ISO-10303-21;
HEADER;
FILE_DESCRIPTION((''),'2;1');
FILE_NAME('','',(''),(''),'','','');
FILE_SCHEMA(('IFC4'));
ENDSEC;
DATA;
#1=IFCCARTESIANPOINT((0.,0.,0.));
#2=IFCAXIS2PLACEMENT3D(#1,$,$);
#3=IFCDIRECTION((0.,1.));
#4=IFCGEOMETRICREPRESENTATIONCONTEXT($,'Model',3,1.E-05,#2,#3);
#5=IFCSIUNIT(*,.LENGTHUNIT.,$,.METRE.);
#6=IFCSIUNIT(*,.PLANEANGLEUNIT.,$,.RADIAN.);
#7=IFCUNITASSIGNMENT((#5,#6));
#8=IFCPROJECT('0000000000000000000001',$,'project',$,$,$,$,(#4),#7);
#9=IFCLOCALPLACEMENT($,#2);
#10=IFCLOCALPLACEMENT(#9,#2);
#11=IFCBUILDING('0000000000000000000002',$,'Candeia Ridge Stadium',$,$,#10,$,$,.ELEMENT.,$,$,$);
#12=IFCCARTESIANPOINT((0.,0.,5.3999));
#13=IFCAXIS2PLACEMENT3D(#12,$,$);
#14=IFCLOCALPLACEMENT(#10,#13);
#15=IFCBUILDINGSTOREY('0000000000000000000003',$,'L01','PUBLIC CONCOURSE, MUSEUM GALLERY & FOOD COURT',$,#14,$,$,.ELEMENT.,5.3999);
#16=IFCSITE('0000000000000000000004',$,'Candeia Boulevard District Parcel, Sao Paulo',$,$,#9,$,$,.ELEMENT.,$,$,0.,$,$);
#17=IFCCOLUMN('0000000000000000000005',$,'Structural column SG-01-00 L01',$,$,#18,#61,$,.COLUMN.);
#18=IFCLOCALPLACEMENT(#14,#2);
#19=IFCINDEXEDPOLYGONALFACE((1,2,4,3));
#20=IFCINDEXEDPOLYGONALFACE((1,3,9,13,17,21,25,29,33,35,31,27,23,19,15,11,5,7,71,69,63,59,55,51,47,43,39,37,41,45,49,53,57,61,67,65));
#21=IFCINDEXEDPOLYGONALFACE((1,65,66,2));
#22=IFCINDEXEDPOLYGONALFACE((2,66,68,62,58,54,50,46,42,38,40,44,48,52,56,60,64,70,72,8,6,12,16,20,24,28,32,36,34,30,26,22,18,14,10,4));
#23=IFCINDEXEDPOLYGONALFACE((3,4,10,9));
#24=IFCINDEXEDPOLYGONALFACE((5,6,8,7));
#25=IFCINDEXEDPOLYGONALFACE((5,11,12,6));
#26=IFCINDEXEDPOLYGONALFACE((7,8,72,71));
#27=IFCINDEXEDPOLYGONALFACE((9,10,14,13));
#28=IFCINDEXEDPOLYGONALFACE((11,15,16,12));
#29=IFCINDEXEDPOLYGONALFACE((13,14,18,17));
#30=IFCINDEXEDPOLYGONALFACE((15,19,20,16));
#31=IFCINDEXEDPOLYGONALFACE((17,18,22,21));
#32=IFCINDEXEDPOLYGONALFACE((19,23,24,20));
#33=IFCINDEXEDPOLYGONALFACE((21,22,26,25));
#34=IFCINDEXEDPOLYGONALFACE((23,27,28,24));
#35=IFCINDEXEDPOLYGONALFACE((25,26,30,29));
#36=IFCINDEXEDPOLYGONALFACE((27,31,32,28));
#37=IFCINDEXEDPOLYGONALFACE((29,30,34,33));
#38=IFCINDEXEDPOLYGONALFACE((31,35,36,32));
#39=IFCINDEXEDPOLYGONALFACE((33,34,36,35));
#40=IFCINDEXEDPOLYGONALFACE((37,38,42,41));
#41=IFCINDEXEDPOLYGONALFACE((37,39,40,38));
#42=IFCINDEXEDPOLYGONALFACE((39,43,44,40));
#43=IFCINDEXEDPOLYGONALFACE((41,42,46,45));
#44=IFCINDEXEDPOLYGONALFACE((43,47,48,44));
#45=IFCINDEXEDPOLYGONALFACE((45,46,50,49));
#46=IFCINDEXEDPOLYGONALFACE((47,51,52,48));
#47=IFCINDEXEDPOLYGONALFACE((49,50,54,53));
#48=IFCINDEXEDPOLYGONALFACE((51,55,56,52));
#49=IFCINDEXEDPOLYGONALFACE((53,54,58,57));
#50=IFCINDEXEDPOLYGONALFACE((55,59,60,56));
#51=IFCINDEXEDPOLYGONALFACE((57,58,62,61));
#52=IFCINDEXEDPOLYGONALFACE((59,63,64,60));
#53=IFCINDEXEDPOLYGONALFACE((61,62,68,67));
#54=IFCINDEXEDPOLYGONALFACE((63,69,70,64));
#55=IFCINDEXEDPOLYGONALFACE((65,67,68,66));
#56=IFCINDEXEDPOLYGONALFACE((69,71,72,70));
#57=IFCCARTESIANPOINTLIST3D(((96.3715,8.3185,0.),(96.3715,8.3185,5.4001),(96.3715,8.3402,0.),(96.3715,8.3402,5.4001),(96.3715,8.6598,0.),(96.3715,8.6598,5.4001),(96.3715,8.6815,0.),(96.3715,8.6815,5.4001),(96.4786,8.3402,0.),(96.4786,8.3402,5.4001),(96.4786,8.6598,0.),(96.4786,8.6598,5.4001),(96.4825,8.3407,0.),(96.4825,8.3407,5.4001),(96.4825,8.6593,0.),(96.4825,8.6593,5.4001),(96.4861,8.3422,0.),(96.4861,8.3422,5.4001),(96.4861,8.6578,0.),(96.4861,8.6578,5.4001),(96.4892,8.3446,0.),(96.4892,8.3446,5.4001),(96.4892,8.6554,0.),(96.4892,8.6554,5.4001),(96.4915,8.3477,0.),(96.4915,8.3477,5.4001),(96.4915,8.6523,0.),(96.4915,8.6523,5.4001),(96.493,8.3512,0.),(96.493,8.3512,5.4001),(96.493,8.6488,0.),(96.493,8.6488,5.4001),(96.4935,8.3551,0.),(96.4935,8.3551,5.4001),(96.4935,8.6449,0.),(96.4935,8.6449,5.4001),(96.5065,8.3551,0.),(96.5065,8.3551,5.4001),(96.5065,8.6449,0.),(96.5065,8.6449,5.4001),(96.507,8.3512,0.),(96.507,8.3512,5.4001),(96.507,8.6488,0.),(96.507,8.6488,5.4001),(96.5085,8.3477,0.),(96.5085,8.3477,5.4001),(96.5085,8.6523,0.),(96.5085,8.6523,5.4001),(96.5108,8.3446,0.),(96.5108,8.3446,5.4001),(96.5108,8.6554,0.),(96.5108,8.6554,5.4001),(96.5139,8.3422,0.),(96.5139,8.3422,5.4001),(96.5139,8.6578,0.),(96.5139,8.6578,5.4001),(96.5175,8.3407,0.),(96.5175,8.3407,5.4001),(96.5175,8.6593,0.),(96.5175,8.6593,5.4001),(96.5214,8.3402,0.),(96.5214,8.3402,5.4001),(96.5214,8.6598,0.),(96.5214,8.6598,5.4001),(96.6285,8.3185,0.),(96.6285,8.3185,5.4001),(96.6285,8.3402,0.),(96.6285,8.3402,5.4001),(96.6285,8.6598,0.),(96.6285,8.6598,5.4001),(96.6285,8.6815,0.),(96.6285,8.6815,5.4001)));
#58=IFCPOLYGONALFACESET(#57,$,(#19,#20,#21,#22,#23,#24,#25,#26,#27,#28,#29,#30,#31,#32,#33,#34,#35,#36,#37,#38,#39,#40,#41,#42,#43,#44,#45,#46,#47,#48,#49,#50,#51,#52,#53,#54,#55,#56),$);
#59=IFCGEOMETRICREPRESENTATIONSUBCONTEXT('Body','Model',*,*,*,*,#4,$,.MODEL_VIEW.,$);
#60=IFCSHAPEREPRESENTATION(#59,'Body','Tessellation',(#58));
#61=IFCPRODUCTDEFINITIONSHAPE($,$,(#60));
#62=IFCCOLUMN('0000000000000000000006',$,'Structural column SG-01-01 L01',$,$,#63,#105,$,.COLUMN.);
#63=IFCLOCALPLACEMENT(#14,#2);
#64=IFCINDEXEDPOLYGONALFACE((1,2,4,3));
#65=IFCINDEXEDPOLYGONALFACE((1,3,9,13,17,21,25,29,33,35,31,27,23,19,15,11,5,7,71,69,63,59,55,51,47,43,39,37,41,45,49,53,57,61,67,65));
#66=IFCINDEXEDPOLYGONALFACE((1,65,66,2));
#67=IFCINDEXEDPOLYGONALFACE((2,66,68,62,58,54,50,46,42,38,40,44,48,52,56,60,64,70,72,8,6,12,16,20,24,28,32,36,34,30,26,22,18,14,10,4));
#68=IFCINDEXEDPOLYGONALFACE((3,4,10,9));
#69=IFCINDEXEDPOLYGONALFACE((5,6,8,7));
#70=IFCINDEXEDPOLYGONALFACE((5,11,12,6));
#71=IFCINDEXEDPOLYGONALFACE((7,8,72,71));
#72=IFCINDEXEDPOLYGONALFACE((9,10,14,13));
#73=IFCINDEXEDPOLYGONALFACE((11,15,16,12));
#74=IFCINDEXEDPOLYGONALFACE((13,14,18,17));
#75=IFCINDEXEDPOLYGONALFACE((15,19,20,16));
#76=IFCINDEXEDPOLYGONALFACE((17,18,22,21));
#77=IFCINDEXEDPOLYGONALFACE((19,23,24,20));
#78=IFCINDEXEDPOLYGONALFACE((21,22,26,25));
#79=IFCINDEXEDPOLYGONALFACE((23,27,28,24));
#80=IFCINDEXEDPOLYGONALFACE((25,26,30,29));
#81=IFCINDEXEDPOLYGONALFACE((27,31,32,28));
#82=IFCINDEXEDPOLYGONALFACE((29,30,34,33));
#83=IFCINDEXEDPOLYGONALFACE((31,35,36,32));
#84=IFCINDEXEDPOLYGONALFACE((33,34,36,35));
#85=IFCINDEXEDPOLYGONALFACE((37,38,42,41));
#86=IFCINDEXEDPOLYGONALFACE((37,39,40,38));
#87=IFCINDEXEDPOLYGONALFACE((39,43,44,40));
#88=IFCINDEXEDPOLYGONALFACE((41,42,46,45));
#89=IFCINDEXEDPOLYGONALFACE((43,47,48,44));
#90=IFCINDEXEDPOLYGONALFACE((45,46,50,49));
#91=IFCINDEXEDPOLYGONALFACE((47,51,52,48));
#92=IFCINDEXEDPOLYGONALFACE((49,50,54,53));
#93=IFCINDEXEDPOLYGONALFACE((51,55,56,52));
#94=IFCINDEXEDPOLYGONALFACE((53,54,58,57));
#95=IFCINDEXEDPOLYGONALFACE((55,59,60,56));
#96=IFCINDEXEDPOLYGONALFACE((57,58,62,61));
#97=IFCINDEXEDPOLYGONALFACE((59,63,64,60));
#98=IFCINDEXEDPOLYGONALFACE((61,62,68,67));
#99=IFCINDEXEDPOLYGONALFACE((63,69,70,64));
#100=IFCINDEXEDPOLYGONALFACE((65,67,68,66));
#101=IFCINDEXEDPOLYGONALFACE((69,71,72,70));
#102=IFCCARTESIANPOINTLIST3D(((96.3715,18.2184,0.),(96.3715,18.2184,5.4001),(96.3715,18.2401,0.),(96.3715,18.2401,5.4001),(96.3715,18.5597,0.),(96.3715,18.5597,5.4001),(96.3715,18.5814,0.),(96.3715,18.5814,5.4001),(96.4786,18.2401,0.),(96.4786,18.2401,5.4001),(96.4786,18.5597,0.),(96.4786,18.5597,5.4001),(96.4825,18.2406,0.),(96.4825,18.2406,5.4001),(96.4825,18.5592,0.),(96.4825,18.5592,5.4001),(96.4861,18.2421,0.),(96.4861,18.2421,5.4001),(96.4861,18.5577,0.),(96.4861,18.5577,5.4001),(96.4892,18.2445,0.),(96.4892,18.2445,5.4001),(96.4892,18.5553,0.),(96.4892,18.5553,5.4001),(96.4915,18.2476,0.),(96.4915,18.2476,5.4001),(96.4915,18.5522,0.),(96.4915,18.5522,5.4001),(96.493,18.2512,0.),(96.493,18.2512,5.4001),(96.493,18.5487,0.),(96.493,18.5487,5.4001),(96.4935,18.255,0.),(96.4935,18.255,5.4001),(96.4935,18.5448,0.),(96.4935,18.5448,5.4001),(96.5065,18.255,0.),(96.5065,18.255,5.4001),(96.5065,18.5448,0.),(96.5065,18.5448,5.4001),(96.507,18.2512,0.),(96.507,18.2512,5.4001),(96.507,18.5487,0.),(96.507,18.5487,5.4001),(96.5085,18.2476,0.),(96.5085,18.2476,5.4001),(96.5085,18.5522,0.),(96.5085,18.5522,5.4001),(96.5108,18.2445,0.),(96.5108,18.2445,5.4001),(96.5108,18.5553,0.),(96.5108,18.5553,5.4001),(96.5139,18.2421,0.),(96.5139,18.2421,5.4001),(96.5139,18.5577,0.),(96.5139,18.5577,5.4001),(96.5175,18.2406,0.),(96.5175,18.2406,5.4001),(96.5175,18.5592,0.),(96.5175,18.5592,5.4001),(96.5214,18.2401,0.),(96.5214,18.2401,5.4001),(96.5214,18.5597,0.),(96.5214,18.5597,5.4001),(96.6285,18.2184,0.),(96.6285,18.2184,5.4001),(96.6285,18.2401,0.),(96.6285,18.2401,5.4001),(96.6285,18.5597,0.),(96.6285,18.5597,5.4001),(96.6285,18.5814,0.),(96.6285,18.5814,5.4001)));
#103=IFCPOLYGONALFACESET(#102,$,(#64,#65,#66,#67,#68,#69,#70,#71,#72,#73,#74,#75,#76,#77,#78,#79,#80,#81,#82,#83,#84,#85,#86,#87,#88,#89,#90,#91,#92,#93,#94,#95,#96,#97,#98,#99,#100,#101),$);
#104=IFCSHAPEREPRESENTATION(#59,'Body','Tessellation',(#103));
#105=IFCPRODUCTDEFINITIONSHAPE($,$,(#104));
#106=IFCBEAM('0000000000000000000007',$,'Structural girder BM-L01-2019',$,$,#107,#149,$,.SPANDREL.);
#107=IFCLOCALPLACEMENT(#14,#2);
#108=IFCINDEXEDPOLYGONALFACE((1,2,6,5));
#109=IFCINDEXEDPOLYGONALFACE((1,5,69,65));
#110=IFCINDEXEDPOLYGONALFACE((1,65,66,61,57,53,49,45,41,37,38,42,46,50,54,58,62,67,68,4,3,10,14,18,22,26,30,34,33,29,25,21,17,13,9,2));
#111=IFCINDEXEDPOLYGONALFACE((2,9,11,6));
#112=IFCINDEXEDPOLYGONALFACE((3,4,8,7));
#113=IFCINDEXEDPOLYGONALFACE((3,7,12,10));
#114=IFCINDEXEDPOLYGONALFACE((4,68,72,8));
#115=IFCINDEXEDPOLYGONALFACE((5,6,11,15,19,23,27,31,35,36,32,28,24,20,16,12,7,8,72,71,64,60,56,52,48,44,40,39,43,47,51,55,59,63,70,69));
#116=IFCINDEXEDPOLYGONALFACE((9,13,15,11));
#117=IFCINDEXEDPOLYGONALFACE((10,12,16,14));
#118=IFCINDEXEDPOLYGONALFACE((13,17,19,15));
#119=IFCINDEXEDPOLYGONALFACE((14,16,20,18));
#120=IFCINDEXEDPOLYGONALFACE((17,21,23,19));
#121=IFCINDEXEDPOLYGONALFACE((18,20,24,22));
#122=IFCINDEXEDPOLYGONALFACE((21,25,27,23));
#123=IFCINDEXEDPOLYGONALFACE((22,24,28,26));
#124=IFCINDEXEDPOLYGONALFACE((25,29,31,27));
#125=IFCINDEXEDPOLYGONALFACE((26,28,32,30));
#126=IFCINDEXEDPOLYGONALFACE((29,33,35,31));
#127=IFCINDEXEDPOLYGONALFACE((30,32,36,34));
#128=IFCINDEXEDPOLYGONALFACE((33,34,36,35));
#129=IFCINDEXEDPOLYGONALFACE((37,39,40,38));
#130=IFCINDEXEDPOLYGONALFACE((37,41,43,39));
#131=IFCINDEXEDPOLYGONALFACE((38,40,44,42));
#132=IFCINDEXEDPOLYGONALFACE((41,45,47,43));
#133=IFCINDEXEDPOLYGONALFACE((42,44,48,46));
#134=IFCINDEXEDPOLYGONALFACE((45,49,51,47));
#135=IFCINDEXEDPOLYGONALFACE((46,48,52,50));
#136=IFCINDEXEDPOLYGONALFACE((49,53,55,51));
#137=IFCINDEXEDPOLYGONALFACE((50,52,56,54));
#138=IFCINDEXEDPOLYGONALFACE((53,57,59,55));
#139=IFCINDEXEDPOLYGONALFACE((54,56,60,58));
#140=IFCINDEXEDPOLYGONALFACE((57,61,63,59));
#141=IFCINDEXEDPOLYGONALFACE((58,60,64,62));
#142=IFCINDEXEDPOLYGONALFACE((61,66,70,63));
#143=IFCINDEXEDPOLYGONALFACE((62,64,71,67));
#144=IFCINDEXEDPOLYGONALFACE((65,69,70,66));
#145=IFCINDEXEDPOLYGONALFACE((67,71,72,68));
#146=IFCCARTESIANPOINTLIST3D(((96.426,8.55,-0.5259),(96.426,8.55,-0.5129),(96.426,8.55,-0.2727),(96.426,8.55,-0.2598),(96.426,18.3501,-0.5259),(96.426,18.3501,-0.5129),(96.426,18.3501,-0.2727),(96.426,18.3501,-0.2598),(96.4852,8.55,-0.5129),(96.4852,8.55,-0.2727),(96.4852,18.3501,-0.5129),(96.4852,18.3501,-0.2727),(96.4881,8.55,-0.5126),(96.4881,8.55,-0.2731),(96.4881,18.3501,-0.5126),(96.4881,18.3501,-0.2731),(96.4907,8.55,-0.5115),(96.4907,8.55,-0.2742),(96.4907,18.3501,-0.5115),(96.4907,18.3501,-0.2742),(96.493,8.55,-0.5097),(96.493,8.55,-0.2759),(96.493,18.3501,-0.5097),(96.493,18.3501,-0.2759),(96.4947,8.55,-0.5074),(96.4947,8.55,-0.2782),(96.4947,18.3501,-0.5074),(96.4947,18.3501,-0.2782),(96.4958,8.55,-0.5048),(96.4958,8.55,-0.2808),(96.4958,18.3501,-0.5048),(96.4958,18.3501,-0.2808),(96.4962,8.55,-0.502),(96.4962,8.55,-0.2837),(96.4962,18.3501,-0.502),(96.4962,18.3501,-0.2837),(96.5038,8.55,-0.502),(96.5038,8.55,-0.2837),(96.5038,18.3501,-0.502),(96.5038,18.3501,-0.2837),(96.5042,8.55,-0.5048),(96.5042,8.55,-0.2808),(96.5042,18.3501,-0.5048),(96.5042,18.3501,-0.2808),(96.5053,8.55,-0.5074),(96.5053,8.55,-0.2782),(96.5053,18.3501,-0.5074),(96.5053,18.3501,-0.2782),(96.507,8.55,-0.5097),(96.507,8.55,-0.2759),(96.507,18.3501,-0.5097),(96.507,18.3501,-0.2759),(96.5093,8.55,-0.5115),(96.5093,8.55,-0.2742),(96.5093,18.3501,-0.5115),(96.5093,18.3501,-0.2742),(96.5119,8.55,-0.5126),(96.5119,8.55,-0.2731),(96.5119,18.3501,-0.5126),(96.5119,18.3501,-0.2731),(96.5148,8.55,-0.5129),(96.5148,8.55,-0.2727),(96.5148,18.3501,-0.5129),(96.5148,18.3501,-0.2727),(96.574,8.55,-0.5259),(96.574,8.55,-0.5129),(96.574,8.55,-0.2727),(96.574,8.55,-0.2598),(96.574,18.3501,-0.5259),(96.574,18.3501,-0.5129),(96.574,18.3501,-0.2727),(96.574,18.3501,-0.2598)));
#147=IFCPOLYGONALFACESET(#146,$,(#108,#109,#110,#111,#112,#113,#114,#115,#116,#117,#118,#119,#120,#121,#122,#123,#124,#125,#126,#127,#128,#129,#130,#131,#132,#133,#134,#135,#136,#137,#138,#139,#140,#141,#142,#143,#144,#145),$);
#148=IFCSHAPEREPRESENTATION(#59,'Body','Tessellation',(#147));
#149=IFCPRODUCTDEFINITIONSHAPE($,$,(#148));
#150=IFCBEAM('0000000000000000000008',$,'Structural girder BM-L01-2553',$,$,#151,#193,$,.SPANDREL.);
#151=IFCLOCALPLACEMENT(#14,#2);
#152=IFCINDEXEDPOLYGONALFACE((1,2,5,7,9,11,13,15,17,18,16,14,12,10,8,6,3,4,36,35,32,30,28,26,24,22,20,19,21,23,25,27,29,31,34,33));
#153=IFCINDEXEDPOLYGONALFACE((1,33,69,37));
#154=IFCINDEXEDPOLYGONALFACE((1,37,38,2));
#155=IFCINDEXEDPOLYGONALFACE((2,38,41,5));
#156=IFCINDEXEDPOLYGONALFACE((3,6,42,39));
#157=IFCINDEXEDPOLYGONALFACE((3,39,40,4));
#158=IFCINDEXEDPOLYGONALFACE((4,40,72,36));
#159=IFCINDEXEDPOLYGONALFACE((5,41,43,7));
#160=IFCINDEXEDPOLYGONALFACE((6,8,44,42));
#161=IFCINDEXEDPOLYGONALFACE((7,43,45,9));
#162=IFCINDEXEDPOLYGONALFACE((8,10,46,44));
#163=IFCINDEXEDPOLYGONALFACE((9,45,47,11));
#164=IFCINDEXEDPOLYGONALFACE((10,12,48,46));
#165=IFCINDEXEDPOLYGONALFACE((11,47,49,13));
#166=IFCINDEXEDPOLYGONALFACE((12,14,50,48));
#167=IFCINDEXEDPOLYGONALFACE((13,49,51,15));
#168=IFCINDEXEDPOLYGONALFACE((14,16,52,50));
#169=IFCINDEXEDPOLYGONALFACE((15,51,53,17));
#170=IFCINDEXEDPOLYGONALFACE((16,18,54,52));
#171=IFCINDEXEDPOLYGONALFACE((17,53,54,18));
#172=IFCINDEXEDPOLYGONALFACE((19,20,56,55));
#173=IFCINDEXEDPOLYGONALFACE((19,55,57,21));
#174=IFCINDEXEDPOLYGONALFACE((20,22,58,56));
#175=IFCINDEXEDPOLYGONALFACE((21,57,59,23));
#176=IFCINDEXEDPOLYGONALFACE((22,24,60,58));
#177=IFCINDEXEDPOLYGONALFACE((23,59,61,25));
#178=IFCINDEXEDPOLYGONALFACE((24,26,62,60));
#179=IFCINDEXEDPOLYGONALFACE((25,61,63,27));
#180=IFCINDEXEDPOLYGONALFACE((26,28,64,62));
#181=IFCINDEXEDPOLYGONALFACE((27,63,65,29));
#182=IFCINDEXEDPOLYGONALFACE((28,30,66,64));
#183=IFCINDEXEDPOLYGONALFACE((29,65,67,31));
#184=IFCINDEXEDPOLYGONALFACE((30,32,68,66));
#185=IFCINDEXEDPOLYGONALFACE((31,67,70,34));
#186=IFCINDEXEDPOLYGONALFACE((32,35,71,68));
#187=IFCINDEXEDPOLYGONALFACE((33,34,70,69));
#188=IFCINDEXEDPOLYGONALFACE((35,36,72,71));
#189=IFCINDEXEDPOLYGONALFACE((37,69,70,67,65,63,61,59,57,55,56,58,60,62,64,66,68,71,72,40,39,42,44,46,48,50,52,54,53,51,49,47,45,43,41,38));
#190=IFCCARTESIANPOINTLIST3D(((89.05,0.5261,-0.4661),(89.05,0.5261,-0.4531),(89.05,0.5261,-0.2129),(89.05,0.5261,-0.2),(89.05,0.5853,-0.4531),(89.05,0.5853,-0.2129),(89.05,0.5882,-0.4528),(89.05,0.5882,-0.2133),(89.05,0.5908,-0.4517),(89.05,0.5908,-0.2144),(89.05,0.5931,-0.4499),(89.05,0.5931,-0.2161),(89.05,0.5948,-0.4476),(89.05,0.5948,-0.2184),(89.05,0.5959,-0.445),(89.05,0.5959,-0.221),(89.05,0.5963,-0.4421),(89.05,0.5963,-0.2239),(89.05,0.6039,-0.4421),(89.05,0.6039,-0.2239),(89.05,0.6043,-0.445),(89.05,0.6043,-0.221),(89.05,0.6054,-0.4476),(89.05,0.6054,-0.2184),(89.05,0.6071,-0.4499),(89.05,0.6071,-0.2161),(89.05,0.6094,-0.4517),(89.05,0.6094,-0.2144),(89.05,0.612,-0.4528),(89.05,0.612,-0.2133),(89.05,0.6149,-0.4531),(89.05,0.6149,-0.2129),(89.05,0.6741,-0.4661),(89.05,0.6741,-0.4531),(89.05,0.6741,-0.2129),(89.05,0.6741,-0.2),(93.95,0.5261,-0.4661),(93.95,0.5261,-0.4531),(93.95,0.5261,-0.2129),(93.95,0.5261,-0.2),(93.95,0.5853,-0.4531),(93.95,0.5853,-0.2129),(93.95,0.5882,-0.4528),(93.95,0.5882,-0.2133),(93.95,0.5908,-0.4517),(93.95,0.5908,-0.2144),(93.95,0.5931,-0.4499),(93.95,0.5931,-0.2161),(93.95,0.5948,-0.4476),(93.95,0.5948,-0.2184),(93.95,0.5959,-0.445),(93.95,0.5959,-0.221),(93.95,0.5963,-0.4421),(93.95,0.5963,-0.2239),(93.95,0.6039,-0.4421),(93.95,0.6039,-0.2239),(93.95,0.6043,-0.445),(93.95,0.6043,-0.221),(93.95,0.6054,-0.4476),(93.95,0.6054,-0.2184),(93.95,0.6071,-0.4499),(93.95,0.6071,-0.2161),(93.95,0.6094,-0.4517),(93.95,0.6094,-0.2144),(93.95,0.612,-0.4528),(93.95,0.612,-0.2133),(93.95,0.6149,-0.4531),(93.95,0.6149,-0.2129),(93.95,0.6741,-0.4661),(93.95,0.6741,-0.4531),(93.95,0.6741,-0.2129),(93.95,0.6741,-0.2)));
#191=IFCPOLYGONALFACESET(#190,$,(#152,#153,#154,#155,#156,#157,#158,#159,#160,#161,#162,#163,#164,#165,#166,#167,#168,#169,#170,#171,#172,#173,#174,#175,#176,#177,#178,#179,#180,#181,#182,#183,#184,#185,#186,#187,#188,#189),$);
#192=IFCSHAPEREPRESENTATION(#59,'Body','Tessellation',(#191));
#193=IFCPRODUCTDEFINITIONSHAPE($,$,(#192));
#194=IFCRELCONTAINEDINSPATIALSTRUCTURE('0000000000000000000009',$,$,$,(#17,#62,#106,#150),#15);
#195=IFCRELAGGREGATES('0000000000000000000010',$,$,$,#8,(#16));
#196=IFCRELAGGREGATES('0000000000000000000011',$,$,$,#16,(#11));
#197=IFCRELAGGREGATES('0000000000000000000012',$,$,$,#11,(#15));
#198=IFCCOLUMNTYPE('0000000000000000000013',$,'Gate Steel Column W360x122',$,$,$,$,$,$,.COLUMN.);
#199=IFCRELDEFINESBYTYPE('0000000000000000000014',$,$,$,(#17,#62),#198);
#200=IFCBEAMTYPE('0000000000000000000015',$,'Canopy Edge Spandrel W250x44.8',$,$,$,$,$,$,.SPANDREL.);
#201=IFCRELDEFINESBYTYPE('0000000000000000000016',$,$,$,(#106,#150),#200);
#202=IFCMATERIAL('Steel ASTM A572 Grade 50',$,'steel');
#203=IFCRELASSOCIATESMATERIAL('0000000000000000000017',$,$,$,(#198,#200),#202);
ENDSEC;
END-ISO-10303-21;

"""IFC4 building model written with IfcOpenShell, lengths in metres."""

from ifc_helpers import new_model, si_unit, direction, frame, origin, origin_2d, place, context, subcontext, project, spatial, i_section, extrude, material, material_profile, profile_set, type_object, element, save


model = new_model("IFC4")

# Units and contexts
model_context = context("Model", 3, precision=1e-05, world=origin(), true_north=direction((0.0, 1.0)))
body_context = subcontext(model_context, "Body", "Model", "MODEL_VIEW")
ifc_project = project(units=[si_unit("LENGTHUNIT", "METRE"), si_unit("PLANEANGLEUNIT", "RADIAN")], contexts=[model_context])

# Site, building, storey
site_placement = place(None, origin())
site = spatial("IfcSite", under=ifc_project, at=site_placement, Name="Candeia Boulevard District Parcel, Sao Paulo", CompositionType="ELEMENT", RefElevation=0.0)
building_placement = place(site_placement, origin())
building = spatial("IfcBuilding", under=site, at=building_placement, Name="Candeia Ridge Stadium", CompositionType="ELEMENT")
storey_placement = place(building_placement, frame((0.0, 0.0, 5.3999)))
storey = spatial("IfcBuildingStorey", under=building, at=storey_placement, Name="L01", Description="PUBLIC CONCOURSE, MUSEUM GALLERY & FOOD COURT", CompositionType="ELEMENT", Elevation=5.3999)

# Columns
ifc_material_1 = material(Name="Steel ASTM A572 Grade 50", Category="steel")
ifc_material_profile_1 = material_profile(ifc_material_1, i_section(OverallWidth=0.2571, OverallDepth=0.363, WebThickness=0.0129, FlangeThickness=0.0217, FilletRadius=0.0149, at=origin_2d()), Name="W360x122", Category="steel")
ifc_profile_set_1 = profile_set([ifc_material_profile_1], Name="Steel ASTM A572 Grade 50")
column_type = type_object("IfcColumnType", Name="Gate Steel Column W360x122", PredefinedType="COLUMN", material=ifc_profile_set_1)
for number, where, z_axis, x_axis, name in (
    (1, (96.5, 8.5, 0.0), (0.0, 0.0, 1.0), (1.0, 0.0, 0.0), "Structural column SG-01-00 L01"),
    (2, (96.5, 18.3999, 0.0), (0.0, 0.0, 1.0), (1.0, 0.0, 0.0), "Structural column SG-01-01 L01"),
):
    element("IfcColumn", number, at=place(storey_placement, frame(where, z_axis=z_axis, x_axis=x_axis)), inside=storey, type_object=column_type, Name=name, PredefinedType="COLUMN", context=body_context, shape_type="SweptSolid", body=[
        extrude(i_section(OverallWidth=0.2571, OverallDepth=0.363, WebThickness=0.0129, FlangeThickness=0.0217, FilletRadius=0.0149, at=origin_2d()), origin(), (0.0, 0.0, 1.0), 5.4001),
    ])

# Beams
ifc_material_profile_2 = material_profile(ifc_material_1, i_section(OverallWidth=0.1479, OverallDepth=0.2661, WebThickness=0.0076, FlangeThickness=0.0129, FilletRadius=0.011, at=origin_2d()), Name="W250x44.8", Category="steel")
ifc_profile_set_2 = profile_set([ifc_material_profile_2], Name="Steel ASTM A572 Grade 50")
beam_type_1 = type_object("IfcBeamType", Name="Canopy Edge Spandrel W250x44.8", PredefinedType="SPANDREL", material=ifc_profile_set_2)
beam_placement = place(storey_placement, frame((96.5, 8.55, -0.3928), z_axis=(0.0, 1.0, 0.0), x_axis=(-1.0, 0.0, 0.0)))
element("IfcBeam", 3, at=beam_placement, inside=storey, type_object=beam_type_1, Name="Structural girder BM-L01-2019", PredefinedType="SPANDREL", context=body_context, shape_type="SweptSolid", body=[
    extrude(i_section(OverallWidth=0.1479, OverallDepth=0.2661, WebThickness=0.0076, FlangeThickness=0.0129, FilletRadius=0.011, at=origin_2d()), origin(), (0.0, 0.0, 1.0), 9.8),
])
for number, where, z_axis, x_axis, name in (
    (4, (89.05, 0.6001, -0.333), (1.0, 0.0, 0.0), (0.0, 1.0, 0.0), "Structural girder BM-L01-2553"),
):
    element("IfcBeam", number, at=place(storey_placement, frame(where, z_axis=z_axis, x_axis=x_axis)), inside=storey, type_object=beam_type_1, Name=name, PredefinedType="SPANDREL", context=body_context, shape_type="SweptSolid", body=[
        extrude(i_section(OverallWidth=0.1479, OverallDepth=0.2661, WebThickness=0.0076, FlangeThickness=0.0129, FilletRadius=0.011, at=origin_2d()), origin(), (0.0, 0.0, 1.0), 4.8999),
    ])

save(model, "model.ifc")
